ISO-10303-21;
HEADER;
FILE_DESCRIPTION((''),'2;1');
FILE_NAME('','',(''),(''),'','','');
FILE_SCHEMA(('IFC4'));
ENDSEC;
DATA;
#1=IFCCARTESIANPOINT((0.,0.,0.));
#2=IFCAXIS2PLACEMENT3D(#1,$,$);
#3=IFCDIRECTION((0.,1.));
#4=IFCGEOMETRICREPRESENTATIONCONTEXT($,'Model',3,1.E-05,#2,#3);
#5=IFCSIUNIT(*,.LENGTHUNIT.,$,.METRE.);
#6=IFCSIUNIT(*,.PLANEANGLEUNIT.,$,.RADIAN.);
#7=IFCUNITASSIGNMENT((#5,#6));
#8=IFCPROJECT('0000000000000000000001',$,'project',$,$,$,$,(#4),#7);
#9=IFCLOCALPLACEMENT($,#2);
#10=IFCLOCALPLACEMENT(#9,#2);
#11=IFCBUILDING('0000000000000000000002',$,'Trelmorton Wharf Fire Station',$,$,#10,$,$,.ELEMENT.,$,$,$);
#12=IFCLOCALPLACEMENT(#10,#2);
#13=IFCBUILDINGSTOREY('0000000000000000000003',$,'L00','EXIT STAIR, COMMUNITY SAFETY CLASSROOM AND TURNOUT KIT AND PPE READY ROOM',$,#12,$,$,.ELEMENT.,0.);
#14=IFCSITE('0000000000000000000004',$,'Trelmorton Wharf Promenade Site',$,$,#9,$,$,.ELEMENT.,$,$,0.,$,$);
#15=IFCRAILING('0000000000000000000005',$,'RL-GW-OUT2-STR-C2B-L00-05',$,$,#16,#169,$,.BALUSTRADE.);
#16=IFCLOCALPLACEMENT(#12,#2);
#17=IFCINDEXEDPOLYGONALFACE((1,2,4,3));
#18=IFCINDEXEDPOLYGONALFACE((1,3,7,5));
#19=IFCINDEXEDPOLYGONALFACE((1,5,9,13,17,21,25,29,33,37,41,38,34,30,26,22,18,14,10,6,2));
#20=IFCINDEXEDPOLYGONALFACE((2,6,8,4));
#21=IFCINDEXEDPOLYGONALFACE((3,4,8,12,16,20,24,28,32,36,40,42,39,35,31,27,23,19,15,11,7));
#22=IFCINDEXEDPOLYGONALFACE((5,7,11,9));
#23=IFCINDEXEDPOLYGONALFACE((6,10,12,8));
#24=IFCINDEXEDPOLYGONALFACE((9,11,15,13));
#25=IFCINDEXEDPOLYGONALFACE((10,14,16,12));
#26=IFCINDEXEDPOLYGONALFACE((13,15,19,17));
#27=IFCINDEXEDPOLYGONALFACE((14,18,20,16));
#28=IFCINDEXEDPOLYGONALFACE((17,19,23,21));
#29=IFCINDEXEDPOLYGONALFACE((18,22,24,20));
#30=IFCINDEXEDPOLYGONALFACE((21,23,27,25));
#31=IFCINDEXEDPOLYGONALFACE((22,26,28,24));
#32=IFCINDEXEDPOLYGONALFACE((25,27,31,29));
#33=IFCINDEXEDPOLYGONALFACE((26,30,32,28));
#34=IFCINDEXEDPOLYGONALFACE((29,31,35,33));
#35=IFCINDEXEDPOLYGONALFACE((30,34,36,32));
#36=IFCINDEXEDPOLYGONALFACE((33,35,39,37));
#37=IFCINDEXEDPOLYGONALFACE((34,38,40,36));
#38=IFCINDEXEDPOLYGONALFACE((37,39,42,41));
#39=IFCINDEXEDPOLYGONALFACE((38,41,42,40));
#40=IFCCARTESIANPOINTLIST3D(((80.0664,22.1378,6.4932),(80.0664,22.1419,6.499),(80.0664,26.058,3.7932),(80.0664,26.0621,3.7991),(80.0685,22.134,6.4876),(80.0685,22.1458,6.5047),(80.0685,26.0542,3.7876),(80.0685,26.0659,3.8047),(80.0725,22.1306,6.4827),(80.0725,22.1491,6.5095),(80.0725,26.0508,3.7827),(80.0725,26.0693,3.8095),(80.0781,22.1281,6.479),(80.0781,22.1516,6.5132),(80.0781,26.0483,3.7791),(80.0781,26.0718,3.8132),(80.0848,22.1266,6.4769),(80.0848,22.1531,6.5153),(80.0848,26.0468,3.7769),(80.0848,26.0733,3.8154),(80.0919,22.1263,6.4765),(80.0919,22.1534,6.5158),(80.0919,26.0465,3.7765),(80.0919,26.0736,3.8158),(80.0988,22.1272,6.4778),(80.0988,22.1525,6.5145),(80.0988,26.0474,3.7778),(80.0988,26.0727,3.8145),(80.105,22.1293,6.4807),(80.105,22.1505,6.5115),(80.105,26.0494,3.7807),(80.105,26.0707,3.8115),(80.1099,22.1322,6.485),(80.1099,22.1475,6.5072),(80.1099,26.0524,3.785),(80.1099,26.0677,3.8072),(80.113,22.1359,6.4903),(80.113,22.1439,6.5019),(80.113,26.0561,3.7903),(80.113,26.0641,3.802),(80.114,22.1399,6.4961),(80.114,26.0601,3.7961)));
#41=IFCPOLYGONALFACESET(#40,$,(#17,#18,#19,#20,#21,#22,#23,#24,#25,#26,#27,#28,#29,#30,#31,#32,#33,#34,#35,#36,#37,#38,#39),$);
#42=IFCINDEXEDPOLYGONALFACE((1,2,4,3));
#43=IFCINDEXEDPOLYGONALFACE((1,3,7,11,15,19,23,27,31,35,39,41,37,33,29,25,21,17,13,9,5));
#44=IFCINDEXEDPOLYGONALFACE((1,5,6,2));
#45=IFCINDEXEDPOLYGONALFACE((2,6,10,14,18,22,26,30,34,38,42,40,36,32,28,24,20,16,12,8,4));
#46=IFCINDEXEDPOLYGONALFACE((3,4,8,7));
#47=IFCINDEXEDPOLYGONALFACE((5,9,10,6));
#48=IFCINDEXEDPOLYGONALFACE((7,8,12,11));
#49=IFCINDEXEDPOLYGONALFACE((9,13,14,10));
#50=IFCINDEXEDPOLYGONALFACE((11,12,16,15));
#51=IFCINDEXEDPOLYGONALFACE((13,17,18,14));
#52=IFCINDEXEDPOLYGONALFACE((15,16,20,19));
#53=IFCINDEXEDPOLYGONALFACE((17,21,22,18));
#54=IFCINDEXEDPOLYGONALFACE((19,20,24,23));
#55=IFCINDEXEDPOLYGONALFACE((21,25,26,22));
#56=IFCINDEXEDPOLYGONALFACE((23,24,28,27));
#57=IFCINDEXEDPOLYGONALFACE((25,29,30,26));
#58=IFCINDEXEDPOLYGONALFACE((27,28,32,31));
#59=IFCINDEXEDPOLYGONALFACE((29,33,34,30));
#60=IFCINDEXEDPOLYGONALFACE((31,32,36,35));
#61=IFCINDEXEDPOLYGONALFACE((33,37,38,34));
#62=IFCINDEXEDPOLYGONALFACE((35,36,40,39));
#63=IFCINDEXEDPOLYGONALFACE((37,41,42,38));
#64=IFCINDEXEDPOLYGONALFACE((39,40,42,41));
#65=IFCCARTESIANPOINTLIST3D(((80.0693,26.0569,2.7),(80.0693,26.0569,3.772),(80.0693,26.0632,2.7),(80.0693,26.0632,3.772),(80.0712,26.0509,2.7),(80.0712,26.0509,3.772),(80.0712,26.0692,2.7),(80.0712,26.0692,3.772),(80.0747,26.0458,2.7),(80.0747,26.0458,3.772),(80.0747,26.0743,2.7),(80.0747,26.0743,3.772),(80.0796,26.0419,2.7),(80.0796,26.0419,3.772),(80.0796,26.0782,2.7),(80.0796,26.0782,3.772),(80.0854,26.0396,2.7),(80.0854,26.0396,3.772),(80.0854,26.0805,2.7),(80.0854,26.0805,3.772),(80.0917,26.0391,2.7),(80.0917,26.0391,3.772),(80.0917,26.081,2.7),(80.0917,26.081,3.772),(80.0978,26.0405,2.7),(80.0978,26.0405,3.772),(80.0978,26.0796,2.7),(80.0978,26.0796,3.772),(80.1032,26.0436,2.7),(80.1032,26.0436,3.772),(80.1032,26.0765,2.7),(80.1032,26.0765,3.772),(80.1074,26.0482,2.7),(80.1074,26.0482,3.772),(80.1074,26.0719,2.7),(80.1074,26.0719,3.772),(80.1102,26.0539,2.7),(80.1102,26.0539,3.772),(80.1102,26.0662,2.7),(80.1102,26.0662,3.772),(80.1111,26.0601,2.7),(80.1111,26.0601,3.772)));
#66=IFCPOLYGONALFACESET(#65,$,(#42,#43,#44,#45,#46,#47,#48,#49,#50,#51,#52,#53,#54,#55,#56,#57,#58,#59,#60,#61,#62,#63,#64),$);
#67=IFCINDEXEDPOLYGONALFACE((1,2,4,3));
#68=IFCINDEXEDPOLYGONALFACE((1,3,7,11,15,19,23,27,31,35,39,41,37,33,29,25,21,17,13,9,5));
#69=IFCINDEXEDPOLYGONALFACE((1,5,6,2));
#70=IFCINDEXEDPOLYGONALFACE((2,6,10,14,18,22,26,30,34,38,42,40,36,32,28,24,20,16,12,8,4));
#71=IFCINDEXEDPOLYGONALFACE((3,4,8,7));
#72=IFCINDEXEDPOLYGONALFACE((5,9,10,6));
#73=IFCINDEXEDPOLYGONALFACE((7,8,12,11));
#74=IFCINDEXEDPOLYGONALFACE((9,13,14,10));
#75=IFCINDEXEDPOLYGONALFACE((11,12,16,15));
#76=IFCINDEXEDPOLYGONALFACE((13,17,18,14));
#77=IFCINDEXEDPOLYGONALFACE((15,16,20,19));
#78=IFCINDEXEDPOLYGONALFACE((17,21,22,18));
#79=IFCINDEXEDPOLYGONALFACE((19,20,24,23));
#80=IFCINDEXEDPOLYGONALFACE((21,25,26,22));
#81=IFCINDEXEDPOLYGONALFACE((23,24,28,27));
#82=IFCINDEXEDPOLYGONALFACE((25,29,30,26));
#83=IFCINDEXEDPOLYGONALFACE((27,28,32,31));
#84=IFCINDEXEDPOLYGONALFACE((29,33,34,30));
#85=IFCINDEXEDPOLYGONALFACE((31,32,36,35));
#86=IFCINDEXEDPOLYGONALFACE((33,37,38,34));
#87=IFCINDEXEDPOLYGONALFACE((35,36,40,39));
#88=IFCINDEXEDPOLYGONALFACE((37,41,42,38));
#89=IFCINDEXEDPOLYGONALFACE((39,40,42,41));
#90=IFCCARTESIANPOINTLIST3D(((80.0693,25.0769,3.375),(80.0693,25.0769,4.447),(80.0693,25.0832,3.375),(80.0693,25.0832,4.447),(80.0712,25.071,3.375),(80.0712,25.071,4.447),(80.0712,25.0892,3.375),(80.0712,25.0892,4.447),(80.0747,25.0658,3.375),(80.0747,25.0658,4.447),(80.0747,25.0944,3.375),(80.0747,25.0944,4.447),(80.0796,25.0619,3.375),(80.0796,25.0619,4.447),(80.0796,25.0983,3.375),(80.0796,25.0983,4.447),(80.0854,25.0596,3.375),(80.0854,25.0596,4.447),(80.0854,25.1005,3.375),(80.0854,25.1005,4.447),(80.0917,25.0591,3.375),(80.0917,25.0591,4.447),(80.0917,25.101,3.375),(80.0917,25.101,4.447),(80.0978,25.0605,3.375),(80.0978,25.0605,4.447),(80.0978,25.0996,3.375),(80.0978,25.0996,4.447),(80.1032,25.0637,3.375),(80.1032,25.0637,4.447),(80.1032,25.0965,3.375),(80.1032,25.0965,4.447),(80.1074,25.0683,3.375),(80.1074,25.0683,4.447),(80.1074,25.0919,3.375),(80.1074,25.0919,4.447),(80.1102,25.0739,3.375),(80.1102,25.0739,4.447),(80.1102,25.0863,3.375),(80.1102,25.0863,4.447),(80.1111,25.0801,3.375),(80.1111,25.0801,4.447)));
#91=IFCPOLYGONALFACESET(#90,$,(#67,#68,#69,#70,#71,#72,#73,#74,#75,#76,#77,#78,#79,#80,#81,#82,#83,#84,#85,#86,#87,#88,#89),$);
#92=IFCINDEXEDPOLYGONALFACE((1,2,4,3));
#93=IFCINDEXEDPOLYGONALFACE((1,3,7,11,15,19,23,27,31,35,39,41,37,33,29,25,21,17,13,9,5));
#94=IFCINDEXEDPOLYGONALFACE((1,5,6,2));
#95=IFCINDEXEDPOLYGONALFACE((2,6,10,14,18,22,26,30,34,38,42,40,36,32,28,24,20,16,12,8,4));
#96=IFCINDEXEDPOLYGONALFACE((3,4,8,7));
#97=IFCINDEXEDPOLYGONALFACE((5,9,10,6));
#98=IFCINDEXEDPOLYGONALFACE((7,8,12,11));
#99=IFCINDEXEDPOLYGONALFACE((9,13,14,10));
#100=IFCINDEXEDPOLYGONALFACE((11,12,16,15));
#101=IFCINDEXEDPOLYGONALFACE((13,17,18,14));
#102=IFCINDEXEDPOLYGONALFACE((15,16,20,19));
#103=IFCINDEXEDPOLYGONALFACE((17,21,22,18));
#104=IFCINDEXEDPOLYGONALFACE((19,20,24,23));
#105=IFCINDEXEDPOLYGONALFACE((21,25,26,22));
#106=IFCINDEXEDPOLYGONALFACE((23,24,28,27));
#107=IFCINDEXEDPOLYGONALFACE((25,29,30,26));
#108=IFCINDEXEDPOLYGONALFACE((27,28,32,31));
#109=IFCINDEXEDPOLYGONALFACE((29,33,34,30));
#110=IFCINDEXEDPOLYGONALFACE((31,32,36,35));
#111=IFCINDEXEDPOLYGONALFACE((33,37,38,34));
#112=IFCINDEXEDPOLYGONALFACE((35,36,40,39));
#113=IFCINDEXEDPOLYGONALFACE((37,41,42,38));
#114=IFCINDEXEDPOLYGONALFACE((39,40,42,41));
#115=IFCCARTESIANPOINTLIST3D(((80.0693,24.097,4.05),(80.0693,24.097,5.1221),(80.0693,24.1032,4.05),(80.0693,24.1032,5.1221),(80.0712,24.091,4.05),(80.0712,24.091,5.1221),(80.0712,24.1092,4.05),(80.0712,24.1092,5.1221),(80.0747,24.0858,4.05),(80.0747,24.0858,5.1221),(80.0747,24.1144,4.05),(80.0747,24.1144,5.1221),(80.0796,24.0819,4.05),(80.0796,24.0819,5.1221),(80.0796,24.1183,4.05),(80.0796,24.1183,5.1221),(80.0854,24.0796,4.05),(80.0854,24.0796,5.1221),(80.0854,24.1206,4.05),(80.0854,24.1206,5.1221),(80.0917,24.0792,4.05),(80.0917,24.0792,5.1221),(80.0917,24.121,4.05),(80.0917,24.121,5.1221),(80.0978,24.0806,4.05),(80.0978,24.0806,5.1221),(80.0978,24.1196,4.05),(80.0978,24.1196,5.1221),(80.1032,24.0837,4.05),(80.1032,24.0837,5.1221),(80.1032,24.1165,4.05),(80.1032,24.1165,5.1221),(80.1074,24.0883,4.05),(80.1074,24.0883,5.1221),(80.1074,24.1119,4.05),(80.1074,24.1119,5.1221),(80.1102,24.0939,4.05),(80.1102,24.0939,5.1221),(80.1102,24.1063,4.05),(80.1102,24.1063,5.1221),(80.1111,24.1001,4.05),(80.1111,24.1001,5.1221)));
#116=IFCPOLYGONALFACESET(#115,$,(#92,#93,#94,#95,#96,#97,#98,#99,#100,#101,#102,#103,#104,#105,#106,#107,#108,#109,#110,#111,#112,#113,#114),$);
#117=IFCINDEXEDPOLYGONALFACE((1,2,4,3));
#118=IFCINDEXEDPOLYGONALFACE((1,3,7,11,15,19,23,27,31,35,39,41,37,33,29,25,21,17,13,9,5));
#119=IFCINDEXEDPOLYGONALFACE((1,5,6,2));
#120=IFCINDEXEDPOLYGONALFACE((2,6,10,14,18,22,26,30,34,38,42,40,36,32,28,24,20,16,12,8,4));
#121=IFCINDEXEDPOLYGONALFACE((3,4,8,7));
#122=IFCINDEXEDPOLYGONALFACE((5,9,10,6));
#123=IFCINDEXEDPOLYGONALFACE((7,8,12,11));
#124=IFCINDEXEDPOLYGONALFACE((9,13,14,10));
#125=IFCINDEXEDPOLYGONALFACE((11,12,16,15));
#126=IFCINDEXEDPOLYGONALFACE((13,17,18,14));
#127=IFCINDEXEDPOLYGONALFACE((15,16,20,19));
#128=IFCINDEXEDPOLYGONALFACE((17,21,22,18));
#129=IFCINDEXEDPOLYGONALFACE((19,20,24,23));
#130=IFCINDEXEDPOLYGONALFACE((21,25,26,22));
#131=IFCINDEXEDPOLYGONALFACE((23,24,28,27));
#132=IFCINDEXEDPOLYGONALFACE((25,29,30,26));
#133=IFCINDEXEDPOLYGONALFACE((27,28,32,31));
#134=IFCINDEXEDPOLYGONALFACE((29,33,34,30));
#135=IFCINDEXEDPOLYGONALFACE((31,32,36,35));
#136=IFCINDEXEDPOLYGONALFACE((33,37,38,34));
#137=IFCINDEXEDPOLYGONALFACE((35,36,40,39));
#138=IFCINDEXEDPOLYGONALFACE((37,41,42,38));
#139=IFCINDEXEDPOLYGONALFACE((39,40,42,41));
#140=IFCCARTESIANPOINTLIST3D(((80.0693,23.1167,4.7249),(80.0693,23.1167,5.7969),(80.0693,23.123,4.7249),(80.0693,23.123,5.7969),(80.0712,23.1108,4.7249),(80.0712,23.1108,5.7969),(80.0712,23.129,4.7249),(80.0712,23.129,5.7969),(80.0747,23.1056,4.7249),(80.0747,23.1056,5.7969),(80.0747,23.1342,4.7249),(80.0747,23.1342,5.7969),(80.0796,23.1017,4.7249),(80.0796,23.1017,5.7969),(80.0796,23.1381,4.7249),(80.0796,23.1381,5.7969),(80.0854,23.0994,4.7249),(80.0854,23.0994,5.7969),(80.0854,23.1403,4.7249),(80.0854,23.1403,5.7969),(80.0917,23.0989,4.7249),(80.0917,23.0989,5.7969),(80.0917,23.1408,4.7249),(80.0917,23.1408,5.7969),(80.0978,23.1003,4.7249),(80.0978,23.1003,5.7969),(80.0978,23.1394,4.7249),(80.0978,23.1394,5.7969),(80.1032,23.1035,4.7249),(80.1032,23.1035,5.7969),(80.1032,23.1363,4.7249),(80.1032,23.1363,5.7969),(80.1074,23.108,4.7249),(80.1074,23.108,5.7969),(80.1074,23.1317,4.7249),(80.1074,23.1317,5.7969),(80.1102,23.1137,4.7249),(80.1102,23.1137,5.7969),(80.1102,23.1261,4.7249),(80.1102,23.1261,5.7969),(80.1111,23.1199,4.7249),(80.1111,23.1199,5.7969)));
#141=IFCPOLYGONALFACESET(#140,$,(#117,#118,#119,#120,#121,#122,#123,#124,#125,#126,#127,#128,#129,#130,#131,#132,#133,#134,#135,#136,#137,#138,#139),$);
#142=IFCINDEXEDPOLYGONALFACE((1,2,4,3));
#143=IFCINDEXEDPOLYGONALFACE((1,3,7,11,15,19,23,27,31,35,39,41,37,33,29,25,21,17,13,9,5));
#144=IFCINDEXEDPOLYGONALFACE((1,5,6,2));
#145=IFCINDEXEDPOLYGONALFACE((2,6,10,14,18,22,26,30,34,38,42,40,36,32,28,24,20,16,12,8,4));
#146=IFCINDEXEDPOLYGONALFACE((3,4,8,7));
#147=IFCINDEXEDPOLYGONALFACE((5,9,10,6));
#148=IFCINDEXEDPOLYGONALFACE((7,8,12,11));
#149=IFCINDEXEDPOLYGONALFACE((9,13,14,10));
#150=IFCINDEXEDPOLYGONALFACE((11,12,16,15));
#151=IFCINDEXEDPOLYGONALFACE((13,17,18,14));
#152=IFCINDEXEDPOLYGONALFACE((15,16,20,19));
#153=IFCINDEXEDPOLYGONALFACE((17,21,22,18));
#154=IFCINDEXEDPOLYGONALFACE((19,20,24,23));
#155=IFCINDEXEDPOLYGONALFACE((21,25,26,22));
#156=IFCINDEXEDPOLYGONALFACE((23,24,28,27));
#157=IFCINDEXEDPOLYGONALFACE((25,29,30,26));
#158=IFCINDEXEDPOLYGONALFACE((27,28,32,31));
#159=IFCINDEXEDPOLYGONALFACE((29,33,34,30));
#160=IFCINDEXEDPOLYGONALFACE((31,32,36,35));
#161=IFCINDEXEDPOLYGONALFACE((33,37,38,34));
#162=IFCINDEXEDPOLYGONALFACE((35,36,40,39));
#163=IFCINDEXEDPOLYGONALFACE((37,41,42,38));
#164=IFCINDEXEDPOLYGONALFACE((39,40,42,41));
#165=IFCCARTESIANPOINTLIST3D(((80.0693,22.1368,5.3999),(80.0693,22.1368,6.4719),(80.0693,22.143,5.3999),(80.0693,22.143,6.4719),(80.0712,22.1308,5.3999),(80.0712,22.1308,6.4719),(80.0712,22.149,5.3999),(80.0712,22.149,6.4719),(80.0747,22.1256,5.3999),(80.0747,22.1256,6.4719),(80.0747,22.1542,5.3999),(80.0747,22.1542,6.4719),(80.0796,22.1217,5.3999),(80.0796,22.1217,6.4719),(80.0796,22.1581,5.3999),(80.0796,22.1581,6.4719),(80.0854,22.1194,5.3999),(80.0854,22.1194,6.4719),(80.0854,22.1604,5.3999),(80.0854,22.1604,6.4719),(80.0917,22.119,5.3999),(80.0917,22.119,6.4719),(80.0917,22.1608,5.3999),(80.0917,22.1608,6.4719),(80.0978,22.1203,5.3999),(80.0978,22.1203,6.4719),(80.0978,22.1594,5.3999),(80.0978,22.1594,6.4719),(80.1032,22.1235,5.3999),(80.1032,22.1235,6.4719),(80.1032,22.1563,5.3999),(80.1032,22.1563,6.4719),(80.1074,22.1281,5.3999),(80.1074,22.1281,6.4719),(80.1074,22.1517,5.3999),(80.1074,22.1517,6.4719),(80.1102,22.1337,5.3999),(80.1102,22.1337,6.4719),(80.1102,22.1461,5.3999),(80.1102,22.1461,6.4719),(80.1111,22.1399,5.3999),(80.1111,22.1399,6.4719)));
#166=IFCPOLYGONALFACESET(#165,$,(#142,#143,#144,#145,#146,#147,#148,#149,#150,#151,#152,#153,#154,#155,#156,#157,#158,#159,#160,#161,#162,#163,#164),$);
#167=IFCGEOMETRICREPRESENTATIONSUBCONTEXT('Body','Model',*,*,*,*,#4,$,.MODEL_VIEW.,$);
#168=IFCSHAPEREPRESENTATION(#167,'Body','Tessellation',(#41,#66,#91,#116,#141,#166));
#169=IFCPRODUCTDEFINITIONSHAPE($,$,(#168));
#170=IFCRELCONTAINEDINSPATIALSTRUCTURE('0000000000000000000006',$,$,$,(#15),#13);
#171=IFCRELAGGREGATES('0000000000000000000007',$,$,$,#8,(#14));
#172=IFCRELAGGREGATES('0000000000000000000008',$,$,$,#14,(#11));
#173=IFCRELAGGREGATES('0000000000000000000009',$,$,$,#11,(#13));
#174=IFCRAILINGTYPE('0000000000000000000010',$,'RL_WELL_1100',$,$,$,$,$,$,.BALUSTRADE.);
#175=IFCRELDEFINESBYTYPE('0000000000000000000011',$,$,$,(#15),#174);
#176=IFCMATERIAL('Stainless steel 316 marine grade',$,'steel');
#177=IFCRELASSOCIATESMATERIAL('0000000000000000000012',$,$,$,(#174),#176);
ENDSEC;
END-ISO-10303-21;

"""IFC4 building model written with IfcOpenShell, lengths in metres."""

from ifc_helpers import new_model, si_unit, direction, frame, origin, origin_2d, place, context, subcontext, project, spatial, circle, extrude, material, type_object, element, save


model = new_model("IFC4")

# Units and contexts
model_context = context("Model", 3, precision=1e-05, world=origin(), true_north=direction((0.0, 1.0)))
body_context = subcontext(model_context, "Body", "Model", "MODEL_VIEW")
ifc_project = project(units=[si_unit("LENGTHUNIT", "METRE"), si_unit("PLANEANGLEUNIT", "RADIAN")], contexts=[model_context])

# Site, building, storey
site_placement = place(None, origin())
site = spatial("IfcSite", under=ifc_project, at=site_placement, Name="Trelmorton Wharf Promenade Site", CompositionType="ELEMENT", RefElevation=0.0)
building_placement = place(site_placement, origin())
building = spatial("IfcBuilding", under=site, at=building_placement, Name="Trelmorton Wharf Fire Station", CompositionType="ELEMENT")
storey_placement = place(building_placement, origin())
storey = spatial("IfcBuildingStorey", under=building, at=storey_placement, Name="L00", Description="EXIT STAIR, COMMUNITY SAFETY CLASSROOM AND TURNOUT KIT AND PPE READY ROOM", CompositionType="ELEMENT", Elevation=0.0)

# Shared definitions
ifc_material_1 = material(Name="Stainless steel 316 marine grade", Category="steel")

# Railing
railing_type_1 = type_object("IfcRailingType", Name="RL_WELL_1100", PredefinedType="BALUSTRADE", material=ifc_material_1)
railing_1_placement = place(storey_placement, frame((80.0901, 26.0601, 2.7)))
element("IfcRailing", 1, at=railing_1_placement, inside=storey, type_object=railing_type_1, Name="RL-GW-OUT2-STR-C2B-L00-05", PredefinedType="BALUSTRADE", context=body_context, shape_type="SweptSolid", body=[
    extrude(circle(Radius=0.0239, at=origin_2d()), frame((0.0, 0.0, 1.0962), z_axis=(0.0, -0.823567, 0.567219), x_axis=(1.0, 0.0, 0.0)), (0.0, 0.0, 1.0), 4.76),
    extrude(circle(Radius=0.021, at=origin_2d()), origin(), (0.0, 0.0, 1.0), 1.072),
    extrude(circle(Radius=0.021, at=origin_2d()), frame((0.0, -0.98, 0.675)), (0.0, 0.0, 1.0), 1.072),
    extrude(circle(Radius=0.021, at=origin_2d()), frame((0.0, -1.96, 1.3501)), (0.0, 0.0, 1.0), 1.072),
    extrude(circle(Radius=0.021, at=origin_2d()), frame((0.0, -2.9402, 2.0249)), (0.0, 0.0, 1.0), 1.072),
    extrude(circle(Radius=0.021, at=origin_2d()), frame((0.0, -3.9202, 2.7)), (0.0, 0.0, 1.0), 1.072),
])

save(model, "model.ifc")
